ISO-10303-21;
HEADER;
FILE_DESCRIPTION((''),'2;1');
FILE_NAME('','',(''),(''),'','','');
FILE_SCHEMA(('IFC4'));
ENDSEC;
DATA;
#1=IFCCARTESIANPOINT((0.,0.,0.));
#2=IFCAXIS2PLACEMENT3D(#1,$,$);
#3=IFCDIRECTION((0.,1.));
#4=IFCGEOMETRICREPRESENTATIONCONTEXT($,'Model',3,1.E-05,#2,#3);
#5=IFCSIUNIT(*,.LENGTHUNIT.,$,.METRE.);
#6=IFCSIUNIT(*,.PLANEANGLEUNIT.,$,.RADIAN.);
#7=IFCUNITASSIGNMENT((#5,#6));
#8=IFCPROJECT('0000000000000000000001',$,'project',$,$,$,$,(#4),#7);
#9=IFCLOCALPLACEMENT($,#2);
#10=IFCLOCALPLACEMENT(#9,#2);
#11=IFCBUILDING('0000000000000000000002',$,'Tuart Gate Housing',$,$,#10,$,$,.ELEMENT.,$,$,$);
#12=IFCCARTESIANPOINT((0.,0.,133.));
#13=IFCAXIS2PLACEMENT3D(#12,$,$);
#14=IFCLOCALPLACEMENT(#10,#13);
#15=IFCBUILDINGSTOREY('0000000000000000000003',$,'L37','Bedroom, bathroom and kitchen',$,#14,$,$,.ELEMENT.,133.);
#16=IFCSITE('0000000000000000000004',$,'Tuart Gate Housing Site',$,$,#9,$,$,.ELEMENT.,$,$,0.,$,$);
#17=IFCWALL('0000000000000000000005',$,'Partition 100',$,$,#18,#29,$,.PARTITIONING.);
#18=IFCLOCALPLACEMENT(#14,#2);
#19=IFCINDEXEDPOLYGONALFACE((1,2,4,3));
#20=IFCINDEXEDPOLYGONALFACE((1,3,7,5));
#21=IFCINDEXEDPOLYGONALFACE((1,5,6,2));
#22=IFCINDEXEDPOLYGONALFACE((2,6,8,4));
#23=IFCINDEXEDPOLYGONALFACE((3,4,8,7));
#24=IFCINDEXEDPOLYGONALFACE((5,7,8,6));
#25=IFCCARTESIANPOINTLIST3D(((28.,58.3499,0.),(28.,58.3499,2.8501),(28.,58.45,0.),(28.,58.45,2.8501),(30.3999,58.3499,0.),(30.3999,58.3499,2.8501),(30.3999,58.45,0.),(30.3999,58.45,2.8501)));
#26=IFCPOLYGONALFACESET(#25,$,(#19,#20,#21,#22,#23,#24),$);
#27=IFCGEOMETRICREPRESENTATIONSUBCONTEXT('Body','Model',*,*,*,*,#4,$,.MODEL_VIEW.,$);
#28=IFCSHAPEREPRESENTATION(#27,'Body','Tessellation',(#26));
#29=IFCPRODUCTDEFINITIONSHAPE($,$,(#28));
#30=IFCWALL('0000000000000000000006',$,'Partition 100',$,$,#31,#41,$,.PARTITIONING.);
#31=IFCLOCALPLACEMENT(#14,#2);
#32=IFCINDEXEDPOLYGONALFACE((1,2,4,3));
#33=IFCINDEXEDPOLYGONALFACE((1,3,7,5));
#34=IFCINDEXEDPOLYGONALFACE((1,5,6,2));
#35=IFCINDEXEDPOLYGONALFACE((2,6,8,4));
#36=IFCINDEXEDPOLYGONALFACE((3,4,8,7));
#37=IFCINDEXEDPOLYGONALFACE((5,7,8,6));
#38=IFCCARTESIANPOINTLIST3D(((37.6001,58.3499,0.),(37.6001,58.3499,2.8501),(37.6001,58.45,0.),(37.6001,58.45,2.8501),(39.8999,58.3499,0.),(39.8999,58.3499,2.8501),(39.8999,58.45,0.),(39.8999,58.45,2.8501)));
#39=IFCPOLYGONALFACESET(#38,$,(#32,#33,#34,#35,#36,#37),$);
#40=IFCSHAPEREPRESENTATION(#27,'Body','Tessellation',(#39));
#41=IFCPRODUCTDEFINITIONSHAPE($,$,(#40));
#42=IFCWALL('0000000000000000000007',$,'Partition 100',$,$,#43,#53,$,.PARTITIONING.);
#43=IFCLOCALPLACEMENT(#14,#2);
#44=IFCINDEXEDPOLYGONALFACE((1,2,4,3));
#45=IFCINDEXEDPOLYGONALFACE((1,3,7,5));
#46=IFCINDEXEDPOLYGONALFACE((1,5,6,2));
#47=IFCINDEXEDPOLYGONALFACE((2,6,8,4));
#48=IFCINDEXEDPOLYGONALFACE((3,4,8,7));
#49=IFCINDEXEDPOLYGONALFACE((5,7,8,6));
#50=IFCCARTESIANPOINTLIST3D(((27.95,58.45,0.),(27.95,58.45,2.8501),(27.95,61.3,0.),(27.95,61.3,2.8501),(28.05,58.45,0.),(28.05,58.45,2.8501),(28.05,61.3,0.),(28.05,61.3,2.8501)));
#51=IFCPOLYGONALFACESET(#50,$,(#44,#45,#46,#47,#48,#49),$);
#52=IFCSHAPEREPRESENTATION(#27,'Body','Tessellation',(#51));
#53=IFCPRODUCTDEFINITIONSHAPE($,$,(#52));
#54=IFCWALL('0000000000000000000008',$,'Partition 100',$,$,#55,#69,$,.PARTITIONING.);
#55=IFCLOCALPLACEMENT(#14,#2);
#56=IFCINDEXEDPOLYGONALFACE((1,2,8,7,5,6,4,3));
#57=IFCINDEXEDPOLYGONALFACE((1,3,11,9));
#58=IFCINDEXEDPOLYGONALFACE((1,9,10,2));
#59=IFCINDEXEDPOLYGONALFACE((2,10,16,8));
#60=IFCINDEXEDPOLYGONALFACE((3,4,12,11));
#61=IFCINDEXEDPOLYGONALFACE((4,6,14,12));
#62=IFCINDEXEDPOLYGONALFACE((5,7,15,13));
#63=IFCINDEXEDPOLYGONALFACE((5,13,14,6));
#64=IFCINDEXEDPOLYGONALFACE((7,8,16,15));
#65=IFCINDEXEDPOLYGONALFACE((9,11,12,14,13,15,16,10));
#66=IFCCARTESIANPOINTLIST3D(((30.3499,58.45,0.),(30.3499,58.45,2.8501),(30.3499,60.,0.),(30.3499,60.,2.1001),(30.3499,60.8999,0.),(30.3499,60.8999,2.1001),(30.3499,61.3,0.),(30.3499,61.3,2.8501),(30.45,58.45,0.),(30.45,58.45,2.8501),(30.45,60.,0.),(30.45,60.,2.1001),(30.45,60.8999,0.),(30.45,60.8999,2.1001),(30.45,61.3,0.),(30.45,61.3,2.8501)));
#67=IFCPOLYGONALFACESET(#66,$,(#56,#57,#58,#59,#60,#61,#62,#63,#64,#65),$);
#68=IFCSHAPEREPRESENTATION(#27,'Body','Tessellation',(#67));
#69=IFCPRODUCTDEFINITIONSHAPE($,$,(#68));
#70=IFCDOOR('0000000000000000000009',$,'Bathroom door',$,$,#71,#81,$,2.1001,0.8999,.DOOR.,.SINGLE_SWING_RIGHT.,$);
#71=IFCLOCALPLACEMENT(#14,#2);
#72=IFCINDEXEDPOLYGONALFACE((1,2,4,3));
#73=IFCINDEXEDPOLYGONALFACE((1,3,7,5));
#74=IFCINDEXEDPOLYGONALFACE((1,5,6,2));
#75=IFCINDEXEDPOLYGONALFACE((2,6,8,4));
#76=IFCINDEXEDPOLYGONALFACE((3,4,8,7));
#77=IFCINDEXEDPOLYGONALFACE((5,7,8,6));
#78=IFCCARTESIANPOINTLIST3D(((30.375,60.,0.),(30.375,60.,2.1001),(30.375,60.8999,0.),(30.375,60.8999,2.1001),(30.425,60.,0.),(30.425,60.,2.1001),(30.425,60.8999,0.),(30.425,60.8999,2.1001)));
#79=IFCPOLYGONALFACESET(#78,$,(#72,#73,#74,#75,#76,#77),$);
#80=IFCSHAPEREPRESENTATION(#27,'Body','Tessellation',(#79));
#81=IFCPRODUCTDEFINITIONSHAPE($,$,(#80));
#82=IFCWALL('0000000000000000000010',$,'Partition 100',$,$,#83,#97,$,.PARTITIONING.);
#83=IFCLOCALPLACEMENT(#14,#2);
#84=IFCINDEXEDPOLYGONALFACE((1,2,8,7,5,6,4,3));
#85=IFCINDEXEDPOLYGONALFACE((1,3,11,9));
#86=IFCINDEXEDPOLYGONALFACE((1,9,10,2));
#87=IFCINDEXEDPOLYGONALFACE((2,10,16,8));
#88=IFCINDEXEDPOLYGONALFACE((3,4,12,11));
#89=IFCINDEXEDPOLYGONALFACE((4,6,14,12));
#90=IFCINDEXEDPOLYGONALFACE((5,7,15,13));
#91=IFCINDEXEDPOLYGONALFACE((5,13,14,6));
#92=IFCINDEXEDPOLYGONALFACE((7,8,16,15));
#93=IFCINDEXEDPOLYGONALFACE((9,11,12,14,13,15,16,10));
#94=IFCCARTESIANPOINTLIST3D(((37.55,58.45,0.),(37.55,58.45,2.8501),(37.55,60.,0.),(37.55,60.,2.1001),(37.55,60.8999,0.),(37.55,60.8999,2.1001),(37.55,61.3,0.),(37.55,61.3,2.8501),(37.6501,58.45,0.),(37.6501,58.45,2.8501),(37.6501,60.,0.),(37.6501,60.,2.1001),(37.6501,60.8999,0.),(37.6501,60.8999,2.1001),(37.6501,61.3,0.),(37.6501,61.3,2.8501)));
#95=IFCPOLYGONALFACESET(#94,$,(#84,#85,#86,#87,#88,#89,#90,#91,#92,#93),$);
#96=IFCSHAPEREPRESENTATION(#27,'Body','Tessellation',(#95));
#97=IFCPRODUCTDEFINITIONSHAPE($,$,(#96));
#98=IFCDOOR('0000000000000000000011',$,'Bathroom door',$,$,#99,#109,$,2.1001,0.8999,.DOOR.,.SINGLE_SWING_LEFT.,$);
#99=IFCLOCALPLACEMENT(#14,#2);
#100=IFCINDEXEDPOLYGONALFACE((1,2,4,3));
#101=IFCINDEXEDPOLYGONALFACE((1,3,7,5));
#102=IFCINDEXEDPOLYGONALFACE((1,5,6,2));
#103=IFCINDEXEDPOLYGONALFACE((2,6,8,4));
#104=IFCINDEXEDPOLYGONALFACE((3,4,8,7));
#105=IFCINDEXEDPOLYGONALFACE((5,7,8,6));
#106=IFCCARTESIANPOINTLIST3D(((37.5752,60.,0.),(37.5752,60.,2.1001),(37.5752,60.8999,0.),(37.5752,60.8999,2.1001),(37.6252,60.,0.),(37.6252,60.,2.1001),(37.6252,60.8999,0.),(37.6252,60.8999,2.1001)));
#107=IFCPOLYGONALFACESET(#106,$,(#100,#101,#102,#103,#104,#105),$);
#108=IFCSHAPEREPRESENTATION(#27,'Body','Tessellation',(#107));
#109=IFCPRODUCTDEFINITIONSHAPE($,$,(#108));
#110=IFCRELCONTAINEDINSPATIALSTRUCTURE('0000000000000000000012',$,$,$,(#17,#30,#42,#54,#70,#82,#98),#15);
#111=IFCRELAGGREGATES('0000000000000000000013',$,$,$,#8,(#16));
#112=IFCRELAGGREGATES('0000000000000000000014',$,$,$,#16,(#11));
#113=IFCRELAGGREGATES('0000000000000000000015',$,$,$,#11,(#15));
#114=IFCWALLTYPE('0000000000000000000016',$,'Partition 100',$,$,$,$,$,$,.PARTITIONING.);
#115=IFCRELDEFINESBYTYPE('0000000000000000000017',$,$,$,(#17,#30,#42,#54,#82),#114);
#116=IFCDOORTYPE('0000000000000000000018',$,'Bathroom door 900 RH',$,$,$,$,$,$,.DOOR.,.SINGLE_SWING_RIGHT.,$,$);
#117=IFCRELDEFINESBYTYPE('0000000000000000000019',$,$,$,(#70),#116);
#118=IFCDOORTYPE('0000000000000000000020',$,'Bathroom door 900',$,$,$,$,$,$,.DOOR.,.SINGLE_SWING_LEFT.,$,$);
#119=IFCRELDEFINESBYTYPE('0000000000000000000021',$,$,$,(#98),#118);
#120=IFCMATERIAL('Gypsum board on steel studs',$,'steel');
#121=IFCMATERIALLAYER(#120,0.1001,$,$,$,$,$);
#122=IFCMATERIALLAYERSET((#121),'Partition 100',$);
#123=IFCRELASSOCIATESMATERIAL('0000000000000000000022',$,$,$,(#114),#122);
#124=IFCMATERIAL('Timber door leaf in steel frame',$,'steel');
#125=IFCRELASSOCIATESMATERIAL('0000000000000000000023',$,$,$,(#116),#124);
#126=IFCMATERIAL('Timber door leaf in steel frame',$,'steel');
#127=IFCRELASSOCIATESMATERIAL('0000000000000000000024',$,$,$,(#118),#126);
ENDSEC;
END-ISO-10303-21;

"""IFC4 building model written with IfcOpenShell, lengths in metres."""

from ifc_helpers import new_model, si_unit, direction, frame, frame_2d, origin, place, context, subcontext, project, spatial, rectangle, extrude, material, layer, layer_set, type_object, element, fill, save


model = new_model("IFC4")

# Units and contexts
model_context = context("Model", 3, precision=1e-05, world=origin(), true_north=direction((0.0, 1.0)))
body_context = subcontext(model_context, "Body", "Model", "MODEL_VIEW")
ifc_project = project(units=[si_unit("LENGTHUNIT", "METRE"), si_unit("PLANEANGLEUNIT", "RADIAN")], contexts=[model_context])

# Site, building, storey
site_placement = place(None, origin())
site = spatial("IfcSite", under=ifc_project, at=site_placement, Name="Tuart Gate Housing Site", CompositionType="ELEMENT", RefElevation=0.0)
building_placement = place(site_placement, origin())
building = spatial("IfcBuilding", under=site, at=building_placement, Name="Tuart Gate Housing", CompositionType="ELEMENT")
storey_placement = place(building_placement, frame((0.0, 0.0, 133.0)))
storey = spatial("IfcBuildingStorey", under=building, at=storey_placement, Name="L37", Description="Bedroom, bathroom and kitchen", CompositionType="ELEMENT", Elevation=133.0)

# Walls
ifc_material_1 = material(Name="Gypsum board on steel studs", Category="steel")
ifc_layer_1 = layer(ifc_material_1, 0.1001)
ifc_layer_set_1 = layer_set([ifc_layer_1], Name="Partition 100")
wall_type_1 = type_object("IfcWallType", Name="Partition 100", PredefinedType="PARTITIONING", material=ifc_layer_set_1)
wall_1_placement = place(storey_placement, frame((28.0, 58.3999, 0.0), z_axis=(0.0, 0.0, 1.0), x_axis=(1.0, 0.0, 0.0)))
element("IfcWall", 1, at=wall_1_placement, inside=storey, type_object=wall_type_1, Name="Partition 100", PredefinedType="PARTITIONING", context=body_context, shape_type="SweptSolid", body=[
    extrude(rectangle(XDim=2.3999, YDim=0.1001, at=frame_2d((1.2, 0.0))), origin(), (0.0, 0.0, 1.0), 2.8501),
])
wall_2_placement = place(storey_placement, frame((37.6001, 58.3999, 0.0), z_axis=(0.0, 0.0, 1.0), x_axis=(1.0, 0.0, 0.0)))
element("IfcWall", 2, at=wall_2_placement, inside=storey, type_object=wall_type_1, Name="Partition 100", PredefinedType="PARTITIONING", context=body_context, shape_type="SweptSolid", body=[
    extrude(rectangle(XDim=2.2998, YDim=0.1001, at=frame_2d((1.1499, 0.0))), origin(), (0.0, 0.0, 1.0), 2.8501),
])
wall_3_placement = place(storey_placement, frame((28.0, 58.45, 0.0), z_axis=(0.0, 0.0, 1.0), x_axis=(0.0, 1.0, 0.0)))
element("IfcWall", 3, at=wall_3_placement, inside=storey, type_object=wall_type_1, Name="Partition 100", PredefinedType="PARTITIONING", context=body_context, shape_type="SweptSolid", body=[
    extrude(rectangle(XDim=2.8501, YDim=0.1001, at=frame_2d((1.425, 0.0))), origin(), (0.0, 0.0, 1.0), 2.8501),
])

# Walls, openings, doors
wall_4_placement = place(storey_placement, frame((30.3999, 58.45, 0.0), z_axis=(0.0, 0.0, 1.0), x_axis=(0.0, 1.0, 0.0)))
wall_4 = element("IfcWall", 4, at=wall_4_placement, inside=storey, type_object=wall_type_1, Name="Partition 100", PredefinedType="PARTITIONING", context=body_context, shape_type="SweptSolid", body=[
    extrude(rectangle(XDim=2.8501, YDim=0.1001, at=frame_2d((1.425, 0.0))), origin(), (0.0, 0.0, 1.0), 2.8501),
])
opening_1_placement = place(wall_4_placement, frame((1.55, 0.0, 0.0)))
opening_1 = element("IfcOpeningElement", 5, at=opening_1_placement, cuts=wall_4, PredefinedType="OPENING", context=body_context, shape_type="SweptSolid", body=[
    extrude(rectangle(XDim=0.8999, YDim=2.1001, at=frame_2d((0.45, 1.05))), frame((0.0, 0.0601, 0.0), z_axis=(0.0, -1.0, 0.0), x_axis=(1.0, 0.0, 0.0)), (0.0, 0.0, 1.0), 0.1201),
])
ifc_material_2 = material(Name="Timber door leaf in steel frame", Category="steel")
door_type_1 = type_object("IfcDoorType", Name="Bathroom door 900 RH", OperationType="SINGLE_SWING_RIGHT", PredefinedType="DOOR", material=ifc_material_2)
door_1_placement = place(opening_1_placement, origin())
door_1 = element("IfcDoor", 6, at=door_1_placement, inside=storey, type_object=door_type_1, Name="Bathroom door", OperationType="SINGLE_SWING_RIGHT", OverallHeight=2.1001, OverallWidth=0.8999, PredefinedType="DOOR", context=body_context, shape_type="SweptSolid", body=[
    extrude(rectangle(XDim=0.8999, YDim=2.1001, at=frame_2d((0.45, 1.05))), frame((0.0, 0.0249, 0.0), z_axis=(0.0, -1.0, 0.0), x_axis=(1.0, 0.0, 0.0)), (0.0, 0.0, 1.0), 0.05),
])
fill(opening_1, door_1)
wall_5_placement = place(storey_placement, frame((37.6001, 58.45, 0.0), z_axis=(0.0, 0.0, 1.0), x_axis=(0.0, 1.0, 0.0)))
wall_5 = element("IfcWall", 7, at=wall_5_placement, inside=storey, type_object=wall_type_1, Name="Partition 100", PredefinedType="PARTITIONING", context=body_context, shape_type="SweptSolid", body=[
    extrude(rectangle(XDim=2.8501, YDim=0.1001, at=frame_2d((1.425, 0.0))), origin(), (0.0, 0.0, 1.0), 2.8501),
])
opening_2_placement = place(wall_5_placement, frame((1.55, 0.0, 0.0)))
opening_2 = element("IfcOpeningElement", 8, at=opening_2_placement, cuts=wall_5, PredefinedType="OPENING", context=body_context, shape_type="SweptSolid", body=[
    extrude(rectangle(XDim=0.8999, YDim=2.1001, at=frame_2d((0.45, 1.05))), frame((0.0, 0.0601, 0.0), z_axis=(0.0, -1.0, 0.0), x_axis=(1.0, 0.0, 0.0)), (0.0, 0.0, 1.0), 0.1201),
])
ifc_material_3 = material(Name="Timber door leaf in steel frame", Category="steel")
door_type_2 = type_object("IfcDoorType", Name="Bathroom door 900", OperationType="SINGLE_SWING_LEFT", PredefinedType="DOOR", material=ifc_material_3)
door_2_placement = place(opening_2_placement, frame((0.8999, 0.0, 0.0), z_axis=(0.0, 0.0, 1.0), x_axis=(-1.0, 0.0, 0.0)))
door_2 = element("IfcDoor", 9, at=door_2_placement, inside=storey, type_object=door_type_2, Name="Bathroom door", OperationType="SINGLE_SWING_LEFT", OverallHeight=2.1001, OverallWidth=0.8999, PredefinedType="DOOR", context=body_context, shape_type="SweptSolid", body=[
    extrude(rectangle(XDim=0.8999, YDim=2.1001, at=frame_2d((0.45, 1.05))), frame((0.0, 0.0251, 0.0), z_axis=(0.0, -1.0, 0.0), x_axis=(1.0, 0.0, 0.0)), (0.0, 0.0, 1.0), 0.05),
])
fill(opening_2, door_2)

save(model, "model.ifc")
